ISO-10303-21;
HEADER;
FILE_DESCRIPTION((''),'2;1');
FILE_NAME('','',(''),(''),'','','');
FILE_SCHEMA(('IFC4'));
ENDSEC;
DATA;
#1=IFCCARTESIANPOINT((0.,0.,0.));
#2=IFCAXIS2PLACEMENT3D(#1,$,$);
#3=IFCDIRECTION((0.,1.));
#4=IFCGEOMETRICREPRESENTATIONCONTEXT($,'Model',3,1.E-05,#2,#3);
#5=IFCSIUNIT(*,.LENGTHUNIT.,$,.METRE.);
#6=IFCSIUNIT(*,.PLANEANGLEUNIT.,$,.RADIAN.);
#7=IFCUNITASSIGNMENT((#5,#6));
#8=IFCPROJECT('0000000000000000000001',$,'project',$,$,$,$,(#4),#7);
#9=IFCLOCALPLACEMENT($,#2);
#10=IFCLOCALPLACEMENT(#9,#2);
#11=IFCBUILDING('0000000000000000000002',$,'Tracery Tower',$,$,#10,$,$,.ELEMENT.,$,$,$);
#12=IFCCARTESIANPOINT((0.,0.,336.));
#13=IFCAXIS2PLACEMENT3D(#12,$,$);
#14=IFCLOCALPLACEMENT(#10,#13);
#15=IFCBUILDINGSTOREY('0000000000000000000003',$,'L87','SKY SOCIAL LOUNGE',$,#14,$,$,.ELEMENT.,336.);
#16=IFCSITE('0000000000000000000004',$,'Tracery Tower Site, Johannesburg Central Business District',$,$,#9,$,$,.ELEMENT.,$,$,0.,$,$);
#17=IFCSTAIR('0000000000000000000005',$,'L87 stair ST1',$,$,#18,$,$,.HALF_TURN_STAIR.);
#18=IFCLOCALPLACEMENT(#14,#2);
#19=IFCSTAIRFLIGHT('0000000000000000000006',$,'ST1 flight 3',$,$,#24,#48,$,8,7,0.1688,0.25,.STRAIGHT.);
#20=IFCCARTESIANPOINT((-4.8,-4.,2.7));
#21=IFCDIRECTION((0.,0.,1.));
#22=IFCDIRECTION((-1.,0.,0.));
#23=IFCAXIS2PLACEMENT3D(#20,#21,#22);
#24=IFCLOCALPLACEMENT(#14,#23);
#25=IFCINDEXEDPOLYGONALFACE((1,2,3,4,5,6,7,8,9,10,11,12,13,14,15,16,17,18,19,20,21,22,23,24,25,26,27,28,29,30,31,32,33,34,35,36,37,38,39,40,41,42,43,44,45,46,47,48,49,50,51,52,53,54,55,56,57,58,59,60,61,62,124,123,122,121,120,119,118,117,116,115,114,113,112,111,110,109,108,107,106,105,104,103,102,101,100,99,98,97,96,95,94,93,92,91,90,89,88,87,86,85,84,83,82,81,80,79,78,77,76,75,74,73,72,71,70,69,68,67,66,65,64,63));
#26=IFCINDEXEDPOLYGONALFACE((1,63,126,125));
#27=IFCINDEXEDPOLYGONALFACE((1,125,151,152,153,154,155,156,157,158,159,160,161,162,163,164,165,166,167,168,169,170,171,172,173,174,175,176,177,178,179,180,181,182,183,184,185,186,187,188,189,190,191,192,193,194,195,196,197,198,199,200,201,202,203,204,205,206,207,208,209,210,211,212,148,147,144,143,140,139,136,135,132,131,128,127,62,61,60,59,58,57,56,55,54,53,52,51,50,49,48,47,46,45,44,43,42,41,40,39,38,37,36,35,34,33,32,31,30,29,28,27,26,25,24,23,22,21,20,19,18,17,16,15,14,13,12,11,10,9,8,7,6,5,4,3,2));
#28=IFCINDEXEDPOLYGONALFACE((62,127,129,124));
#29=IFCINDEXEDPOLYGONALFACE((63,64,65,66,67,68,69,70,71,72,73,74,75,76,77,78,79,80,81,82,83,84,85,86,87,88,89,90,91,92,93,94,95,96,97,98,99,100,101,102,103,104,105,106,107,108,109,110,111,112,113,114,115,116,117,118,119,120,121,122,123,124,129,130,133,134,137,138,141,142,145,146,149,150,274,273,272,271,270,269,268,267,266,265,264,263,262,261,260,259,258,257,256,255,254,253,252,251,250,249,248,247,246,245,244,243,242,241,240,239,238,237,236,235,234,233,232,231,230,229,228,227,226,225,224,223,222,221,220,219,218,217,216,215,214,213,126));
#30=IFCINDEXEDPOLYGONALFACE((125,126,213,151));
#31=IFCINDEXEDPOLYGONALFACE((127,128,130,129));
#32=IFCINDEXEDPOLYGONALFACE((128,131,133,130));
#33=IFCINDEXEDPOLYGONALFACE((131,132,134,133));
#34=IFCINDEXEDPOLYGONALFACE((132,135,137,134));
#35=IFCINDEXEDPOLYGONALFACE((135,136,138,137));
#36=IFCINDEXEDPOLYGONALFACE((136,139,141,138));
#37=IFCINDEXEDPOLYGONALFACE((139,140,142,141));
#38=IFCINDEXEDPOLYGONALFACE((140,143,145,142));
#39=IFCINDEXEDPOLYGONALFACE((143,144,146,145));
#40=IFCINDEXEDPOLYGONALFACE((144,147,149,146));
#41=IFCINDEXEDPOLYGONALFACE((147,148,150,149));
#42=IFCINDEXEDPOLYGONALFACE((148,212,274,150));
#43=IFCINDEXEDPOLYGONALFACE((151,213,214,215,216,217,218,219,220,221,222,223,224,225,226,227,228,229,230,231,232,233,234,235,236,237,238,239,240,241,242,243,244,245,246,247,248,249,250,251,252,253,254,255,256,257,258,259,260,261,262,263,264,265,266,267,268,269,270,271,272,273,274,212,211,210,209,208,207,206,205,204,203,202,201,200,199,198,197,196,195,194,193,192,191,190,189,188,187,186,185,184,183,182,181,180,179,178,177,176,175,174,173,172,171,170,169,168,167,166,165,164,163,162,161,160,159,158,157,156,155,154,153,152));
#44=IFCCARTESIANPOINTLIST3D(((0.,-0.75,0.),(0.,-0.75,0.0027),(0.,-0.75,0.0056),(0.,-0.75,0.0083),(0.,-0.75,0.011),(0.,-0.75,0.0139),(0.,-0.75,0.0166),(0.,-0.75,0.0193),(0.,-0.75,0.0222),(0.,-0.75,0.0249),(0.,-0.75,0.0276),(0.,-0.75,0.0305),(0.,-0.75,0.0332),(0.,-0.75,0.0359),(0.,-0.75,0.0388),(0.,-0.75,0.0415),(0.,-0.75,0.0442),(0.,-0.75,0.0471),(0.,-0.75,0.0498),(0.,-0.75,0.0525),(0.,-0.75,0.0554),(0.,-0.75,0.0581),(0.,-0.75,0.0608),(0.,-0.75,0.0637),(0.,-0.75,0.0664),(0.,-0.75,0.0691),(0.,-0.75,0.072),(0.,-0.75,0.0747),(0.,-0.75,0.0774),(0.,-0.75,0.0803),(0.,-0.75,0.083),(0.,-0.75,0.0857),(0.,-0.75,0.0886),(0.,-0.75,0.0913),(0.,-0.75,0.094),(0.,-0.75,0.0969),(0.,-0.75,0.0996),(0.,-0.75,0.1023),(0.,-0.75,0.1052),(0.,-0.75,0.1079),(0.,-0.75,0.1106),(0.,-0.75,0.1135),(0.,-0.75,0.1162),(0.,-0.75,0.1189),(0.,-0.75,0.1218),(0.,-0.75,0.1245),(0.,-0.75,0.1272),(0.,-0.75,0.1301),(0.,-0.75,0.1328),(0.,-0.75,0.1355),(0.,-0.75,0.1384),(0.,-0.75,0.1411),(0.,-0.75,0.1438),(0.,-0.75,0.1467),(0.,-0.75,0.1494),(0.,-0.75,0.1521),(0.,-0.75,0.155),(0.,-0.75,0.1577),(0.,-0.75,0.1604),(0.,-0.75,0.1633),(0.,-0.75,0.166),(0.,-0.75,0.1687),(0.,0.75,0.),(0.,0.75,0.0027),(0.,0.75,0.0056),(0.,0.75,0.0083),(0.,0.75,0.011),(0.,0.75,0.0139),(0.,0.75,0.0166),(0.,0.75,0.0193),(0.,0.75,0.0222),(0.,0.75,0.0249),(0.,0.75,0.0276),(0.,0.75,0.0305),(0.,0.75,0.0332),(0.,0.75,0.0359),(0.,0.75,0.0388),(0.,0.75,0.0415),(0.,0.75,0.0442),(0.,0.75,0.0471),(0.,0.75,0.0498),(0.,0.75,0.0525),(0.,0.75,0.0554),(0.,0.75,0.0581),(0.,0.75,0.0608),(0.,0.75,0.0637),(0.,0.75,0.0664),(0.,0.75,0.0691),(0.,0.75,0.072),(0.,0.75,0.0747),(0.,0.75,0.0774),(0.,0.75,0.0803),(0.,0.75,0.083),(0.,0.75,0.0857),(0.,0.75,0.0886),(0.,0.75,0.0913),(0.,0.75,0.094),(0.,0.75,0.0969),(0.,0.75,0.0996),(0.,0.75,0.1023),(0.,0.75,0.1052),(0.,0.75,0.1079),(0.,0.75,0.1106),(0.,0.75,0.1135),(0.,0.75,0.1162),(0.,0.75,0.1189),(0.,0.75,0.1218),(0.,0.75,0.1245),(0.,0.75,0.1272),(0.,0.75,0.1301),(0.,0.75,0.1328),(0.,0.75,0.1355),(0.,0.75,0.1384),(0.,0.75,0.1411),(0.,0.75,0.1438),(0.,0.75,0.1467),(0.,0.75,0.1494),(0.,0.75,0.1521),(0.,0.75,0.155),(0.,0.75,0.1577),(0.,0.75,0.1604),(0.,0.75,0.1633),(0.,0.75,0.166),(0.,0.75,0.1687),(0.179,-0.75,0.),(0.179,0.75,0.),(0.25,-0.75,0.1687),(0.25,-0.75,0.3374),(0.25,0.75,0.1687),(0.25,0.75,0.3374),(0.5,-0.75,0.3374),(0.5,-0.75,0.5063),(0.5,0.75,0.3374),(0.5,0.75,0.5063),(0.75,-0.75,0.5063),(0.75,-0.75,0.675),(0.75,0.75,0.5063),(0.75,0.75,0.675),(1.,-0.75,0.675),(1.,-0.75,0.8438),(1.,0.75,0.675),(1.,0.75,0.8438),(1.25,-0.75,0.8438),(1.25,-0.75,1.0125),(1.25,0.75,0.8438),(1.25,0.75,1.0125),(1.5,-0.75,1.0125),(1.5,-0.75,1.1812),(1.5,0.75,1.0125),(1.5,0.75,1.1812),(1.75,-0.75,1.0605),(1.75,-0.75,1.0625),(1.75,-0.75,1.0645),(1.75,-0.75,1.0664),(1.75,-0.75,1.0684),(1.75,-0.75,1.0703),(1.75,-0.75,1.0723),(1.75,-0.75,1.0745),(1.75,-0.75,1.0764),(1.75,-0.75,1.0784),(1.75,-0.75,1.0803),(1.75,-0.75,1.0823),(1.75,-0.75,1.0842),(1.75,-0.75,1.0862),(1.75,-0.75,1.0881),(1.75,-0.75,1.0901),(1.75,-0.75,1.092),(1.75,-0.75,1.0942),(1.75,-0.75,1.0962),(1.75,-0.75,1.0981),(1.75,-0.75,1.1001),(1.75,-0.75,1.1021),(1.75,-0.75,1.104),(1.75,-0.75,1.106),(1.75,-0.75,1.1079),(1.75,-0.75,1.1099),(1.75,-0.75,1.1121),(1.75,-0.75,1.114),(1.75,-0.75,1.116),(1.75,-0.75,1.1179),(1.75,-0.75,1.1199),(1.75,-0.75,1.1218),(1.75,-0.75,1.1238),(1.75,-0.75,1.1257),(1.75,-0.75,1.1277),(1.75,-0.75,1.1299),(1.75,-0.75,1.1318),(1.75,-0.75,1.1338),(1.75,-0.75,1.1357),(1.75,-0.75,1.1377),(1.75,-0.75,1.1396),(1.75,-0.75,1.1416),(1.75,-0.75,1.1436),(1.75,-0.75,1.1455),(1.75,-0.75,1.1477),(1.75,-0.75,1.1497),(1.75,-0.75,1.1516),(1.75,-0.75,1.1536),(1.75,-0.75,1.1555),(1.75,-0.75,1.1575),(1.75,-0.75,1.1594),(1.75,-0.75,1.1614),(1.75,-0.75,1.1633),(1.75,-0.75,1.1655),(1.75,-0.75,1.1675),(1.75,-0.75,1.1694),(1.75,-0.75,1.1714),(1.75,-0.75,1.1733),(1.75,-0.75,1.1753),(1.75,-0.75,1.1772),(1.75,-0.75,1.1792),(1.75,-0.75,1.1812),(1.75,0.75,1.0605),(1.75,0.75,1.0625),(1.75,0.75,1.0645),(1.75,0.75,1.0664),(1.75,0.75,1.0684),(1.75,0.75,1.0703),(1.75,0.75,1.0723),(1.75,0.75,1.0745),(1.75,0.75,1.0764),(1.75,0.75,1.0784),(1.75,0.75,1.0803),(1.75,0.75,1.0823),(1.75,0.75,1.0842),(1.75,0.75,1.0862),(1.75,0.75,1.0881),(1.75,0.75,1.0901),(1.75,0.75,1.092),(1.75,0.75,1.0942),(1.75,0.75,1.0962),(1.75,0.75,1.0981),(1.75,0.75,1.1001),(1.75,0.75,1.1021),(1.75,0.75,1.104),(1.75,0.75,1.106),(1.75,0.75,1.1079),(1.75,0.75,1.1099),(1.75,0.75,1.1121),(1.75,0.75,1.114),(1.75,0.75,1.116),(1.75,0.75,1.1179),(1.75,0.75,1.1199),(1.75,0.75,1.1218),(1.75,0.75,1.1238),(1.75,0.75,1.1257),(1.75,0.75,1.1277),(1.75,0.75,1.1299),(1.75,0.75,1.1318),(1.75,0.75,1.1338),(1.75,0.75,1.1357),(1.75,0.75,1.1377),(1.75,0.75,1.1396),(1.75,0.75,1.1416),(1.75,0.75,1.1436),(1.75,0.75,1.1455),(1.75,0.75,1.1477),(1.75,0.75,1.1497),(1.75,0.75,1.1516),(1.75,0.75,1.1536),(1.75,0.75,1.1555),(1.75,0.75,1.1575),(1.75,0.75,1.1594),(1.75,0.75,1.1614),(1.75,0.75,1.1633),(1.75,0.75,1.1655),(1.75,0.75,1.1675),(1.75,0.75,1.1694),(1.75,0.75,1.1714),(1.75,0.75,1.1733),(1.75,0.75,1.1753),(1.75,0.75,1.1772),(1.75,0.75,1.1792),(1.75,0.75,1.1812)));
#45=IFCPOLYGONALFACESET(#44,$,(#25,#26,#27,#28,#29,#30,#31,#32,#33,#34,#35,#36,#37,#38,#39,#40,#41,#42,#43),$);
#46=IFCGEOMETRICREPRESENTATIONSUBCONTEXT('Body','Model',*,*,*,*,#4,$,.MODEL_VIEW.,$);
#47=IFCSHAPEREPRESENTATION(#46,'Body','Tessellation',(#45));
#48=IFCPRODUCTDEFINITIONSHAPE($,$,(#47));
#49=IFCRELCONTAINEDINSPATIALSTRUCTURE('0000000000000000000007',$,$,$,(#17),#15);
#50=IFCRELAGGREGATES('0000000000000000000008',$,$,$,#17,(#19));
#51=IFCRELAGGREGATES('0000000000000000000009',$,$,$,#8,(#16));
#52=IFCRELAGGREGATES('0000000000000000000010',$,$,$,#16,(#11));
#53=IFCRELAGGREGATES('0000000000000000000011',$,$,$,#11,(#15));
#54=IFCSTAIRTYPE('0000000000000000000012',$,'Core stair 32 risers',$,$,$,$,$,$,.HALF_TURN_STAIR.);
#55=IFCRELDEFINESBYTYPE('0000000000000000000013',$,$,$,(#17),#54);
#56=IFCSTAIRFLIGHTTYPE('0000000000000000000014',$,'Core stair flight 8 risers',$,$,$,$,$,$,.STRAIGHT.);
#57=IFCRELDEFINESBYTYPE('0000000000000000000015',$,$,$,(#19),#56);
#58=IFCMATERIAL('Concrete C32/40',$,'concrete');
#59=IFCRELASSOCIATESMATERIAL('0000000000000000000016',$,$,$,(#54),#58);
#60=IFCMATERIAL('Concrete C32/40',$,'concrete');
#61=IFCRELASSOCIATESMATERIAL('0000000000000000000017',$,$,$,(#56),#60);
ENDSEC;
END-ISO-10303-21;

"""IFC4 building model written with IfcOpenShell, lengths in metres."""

from ifc_helpers import new_model, si_unit, direction, frame, origin, place, context, subcontext, project, spatial, polyline, outline, extrude, material, type_object, element, aggregate, save


model = new_model("IFC4")

# Units and contexts
model_context = context("Model", 3, precision=1e-05, world=origin(), true_north=direction((0.0, 1.0)))
body_context = subcontext(model_context, "Body", "Model", "MODEL_VIEW")
ifc_project = project(units=[si_unit("LENGTHUNIT", "METRE"), si_unit("PLANEANGLEUNIT", "RADIAN")], contexts=[model_context])

# Site, building, storey
site_placement = place(None, origin())
site = spatial("IfcSite", under=ifc_project, at=site_placement, Name="Tracery Tower Site, Johannesburg Central Business District", CompositionType="ELEMENT", RefElevation=0.0)
building_placement = place(site_placement, origin())
building = spatial("IfcBuilding", under=site, at=building_placement, Name="Tracery Tower", CompositionType="ELEMENT")
storey_placement = place(building_placement, frame((0.0, 0.0, 336.0)))
storey = spatial("IfcBuildingStorey", under=building, at=storey_placement, Name="L87", Description="SKY SOCIAL LOUNGE", CompositionType="ELEMENT", Elevation=336.0)

# Stair, stair flight
ifc_material_1 = material(Name="Concrete C32/40", Category="concrete")
stair_type = type_object("IfcStairType", Name="Core stair 32 risers", PredefinedType="HALF_TURN_STAIR", material=ifc_material_1)
stair_placement = place(storey_placement, origin())
stair = element("IfcStair", 1, at=stair_placement, inside=storey, type_object=stair_type, Name="L87 stair ST1", PredefinedType="HALF_TURN_STAIR")
ifc_material_2 = material(Name="Concrete C32/40", Category="concrete")
stair_flight_type = type_object("IfcStairFlightType", Name="Core stair flight 8 risers", PredefinedType="STRAIGHT", material=ifc_material_2)
stair_flight_1_placement = place(storey_placement, frame((-4.8, -4.0, 2.7), z_axis=(0.0, 0.0, 1.0), x_axis=(-1.0, 0.0, 0.0)))
stair_flight_1 = element("IfcStairFlight", 2, at=stair_flight_1_placement, type_object=stair_flight_type, Name="ST1 flight 3", NumberOfRisers=8, NumberOfTreads=7, PredefinedType="STRAIGHT", RiserHeight=0.1688, TreadLength=0.25, context=body_context, shape_type="SweptSolid", body=[
    extrude(outline(polyline([(0.0, 0.0), (0.0, 0.0027), (0.0, 0.0056), (0.0, 0.0083), (0.0, 0.011), (0.0, 0.0139), (0.0, 0.0166), (0.0, 0.0193), (0.0, 0.0222), (0.0, 0.0249), (0.0, 0.0276), (0.0, 0.0305), (0.0, 0.0332), (0.0, 0.0359), (0.0, 0.0388), (0.0, 0.0415), (0.0, 0.0442), (0.0, 0.0471), (0.0, 0.0498), (0.0, 0.0525), (0.0, 0.0554), (0.0, 0.0581), (0.0, 0.0608), (0.0, 0.0637), (0.0, 0.0664), (0.0, 0.0691), (0.0, 0.072), (0.0, 0.0747), (0.0, 0.0774), (0.0, 0.0803), (0.0, 0.083), (0.0, 0.0857), (0.0, 0.0886), (0.0, 0.0913), (0.0, 0.094), (0.0, 0.0969), (0.0, 0.0996), (0.0, 0.1023), (0.0, 0.1052), (0.0, 0.1079), (0.0, 0.1106), (0.0, 0.1135), (0.0, 0.1162), (0.0, 0.1189), (0.0, 0.1218), (0.0, 0.1245), (0.0, 0.1272), (0.0, 0.1301), (0.0, 0.1328), (0.0, 0.1355), (0.0, 0.1384), (0.0, 0.1411), (0.0, 0.1438), (0.0, 0.1467), (0.0, 0.1494), (0.0, 0.1521), (0.0, 0.155), (0.0, 0.1577), (0.0, 0.1604), (0.0, 0.1633), (0.0, 0.166), (0.0, 0.1687), (0.25, 0.1687), (0.25, 0.3374), (0.5, 0.3374), (0.5, 0.5063), (0.75, 0.5063), (0.75, 0.675), (1.0, 0.675), (1.0, 0.8438), (1.25, 0.8438), (1.25, 1.0125), (1.5, 1.0125), (1.5, 1.1812), (1.75, 1.1812), (1.75, 1.1792), (1.75, 1.1772), (1.75, 1.1753), (1.75, 1.1733), (1.75, 1.1714), (1.75, 1.1694), (1.75, 1.1675), (1.75, 1.1655), (1.75, 1.1633), (1.75, 1.1614), (1.75, 1.1594), (1.75, 1.1575), (1.75, 1.1555), (1.75, 1.1536), (1.75, 1.1516), (1.75, 1.1497), (1.75, 1.1477), (1.75, 1.1455), (1.75, 1.1436), (1.75, 1.1416), (1.75, 1.1396), (1.75, 1.1377), (1.75, 1.1357), (1.75, 1.1338), (1.75, 1.1318), (1.75, 1.1299), (1.75, 1.1277), (1.75, 1.1257), (1.75, 1.1238), (1.75, 1.1218), (1.75, 1.1199), (1.75, 1.1179), (1.75, 1.116), (1.75, 1.114), (1.75, 1.1121), (1.75, 1.1099), (1.75, 1.1079), (1.75, 1.106), (1.75, 1.104), (1.75, 1.1021), (1.75, 1.1001), (1.75, 1.0981), (1.75, 1.0962), (1.75, 1.0942), (1.75, 1.092), (1.75, 1.0901), (1.75, 1.0881), (1.75, 1.0862), (1.75, 1.0842), (1.75, 1.0823), (1.75, 1.0803), (1.75, 1.0784), (1.75, 1.0764), (1.75, 1.0745), (1.75, 1.0723), (1.75, 1.0703), (1.75, 1.0684), (1.75, 1.0664), (1.75, 1.0645), (1.75, 1.0625), (1.75, 1.0605), (0.179, 0.0), (0.0, 0.0)])), frame((0.0, 0.75, 0.0), z_axis=(0.0, -1.0, 0.0), x_axis=(1.0, 0.0, 0.0)), (0.0, 0.0, 1.0), 1.5),
])
aggregate(stair, [stair_flight_1])

save(model, "model.ifc")
